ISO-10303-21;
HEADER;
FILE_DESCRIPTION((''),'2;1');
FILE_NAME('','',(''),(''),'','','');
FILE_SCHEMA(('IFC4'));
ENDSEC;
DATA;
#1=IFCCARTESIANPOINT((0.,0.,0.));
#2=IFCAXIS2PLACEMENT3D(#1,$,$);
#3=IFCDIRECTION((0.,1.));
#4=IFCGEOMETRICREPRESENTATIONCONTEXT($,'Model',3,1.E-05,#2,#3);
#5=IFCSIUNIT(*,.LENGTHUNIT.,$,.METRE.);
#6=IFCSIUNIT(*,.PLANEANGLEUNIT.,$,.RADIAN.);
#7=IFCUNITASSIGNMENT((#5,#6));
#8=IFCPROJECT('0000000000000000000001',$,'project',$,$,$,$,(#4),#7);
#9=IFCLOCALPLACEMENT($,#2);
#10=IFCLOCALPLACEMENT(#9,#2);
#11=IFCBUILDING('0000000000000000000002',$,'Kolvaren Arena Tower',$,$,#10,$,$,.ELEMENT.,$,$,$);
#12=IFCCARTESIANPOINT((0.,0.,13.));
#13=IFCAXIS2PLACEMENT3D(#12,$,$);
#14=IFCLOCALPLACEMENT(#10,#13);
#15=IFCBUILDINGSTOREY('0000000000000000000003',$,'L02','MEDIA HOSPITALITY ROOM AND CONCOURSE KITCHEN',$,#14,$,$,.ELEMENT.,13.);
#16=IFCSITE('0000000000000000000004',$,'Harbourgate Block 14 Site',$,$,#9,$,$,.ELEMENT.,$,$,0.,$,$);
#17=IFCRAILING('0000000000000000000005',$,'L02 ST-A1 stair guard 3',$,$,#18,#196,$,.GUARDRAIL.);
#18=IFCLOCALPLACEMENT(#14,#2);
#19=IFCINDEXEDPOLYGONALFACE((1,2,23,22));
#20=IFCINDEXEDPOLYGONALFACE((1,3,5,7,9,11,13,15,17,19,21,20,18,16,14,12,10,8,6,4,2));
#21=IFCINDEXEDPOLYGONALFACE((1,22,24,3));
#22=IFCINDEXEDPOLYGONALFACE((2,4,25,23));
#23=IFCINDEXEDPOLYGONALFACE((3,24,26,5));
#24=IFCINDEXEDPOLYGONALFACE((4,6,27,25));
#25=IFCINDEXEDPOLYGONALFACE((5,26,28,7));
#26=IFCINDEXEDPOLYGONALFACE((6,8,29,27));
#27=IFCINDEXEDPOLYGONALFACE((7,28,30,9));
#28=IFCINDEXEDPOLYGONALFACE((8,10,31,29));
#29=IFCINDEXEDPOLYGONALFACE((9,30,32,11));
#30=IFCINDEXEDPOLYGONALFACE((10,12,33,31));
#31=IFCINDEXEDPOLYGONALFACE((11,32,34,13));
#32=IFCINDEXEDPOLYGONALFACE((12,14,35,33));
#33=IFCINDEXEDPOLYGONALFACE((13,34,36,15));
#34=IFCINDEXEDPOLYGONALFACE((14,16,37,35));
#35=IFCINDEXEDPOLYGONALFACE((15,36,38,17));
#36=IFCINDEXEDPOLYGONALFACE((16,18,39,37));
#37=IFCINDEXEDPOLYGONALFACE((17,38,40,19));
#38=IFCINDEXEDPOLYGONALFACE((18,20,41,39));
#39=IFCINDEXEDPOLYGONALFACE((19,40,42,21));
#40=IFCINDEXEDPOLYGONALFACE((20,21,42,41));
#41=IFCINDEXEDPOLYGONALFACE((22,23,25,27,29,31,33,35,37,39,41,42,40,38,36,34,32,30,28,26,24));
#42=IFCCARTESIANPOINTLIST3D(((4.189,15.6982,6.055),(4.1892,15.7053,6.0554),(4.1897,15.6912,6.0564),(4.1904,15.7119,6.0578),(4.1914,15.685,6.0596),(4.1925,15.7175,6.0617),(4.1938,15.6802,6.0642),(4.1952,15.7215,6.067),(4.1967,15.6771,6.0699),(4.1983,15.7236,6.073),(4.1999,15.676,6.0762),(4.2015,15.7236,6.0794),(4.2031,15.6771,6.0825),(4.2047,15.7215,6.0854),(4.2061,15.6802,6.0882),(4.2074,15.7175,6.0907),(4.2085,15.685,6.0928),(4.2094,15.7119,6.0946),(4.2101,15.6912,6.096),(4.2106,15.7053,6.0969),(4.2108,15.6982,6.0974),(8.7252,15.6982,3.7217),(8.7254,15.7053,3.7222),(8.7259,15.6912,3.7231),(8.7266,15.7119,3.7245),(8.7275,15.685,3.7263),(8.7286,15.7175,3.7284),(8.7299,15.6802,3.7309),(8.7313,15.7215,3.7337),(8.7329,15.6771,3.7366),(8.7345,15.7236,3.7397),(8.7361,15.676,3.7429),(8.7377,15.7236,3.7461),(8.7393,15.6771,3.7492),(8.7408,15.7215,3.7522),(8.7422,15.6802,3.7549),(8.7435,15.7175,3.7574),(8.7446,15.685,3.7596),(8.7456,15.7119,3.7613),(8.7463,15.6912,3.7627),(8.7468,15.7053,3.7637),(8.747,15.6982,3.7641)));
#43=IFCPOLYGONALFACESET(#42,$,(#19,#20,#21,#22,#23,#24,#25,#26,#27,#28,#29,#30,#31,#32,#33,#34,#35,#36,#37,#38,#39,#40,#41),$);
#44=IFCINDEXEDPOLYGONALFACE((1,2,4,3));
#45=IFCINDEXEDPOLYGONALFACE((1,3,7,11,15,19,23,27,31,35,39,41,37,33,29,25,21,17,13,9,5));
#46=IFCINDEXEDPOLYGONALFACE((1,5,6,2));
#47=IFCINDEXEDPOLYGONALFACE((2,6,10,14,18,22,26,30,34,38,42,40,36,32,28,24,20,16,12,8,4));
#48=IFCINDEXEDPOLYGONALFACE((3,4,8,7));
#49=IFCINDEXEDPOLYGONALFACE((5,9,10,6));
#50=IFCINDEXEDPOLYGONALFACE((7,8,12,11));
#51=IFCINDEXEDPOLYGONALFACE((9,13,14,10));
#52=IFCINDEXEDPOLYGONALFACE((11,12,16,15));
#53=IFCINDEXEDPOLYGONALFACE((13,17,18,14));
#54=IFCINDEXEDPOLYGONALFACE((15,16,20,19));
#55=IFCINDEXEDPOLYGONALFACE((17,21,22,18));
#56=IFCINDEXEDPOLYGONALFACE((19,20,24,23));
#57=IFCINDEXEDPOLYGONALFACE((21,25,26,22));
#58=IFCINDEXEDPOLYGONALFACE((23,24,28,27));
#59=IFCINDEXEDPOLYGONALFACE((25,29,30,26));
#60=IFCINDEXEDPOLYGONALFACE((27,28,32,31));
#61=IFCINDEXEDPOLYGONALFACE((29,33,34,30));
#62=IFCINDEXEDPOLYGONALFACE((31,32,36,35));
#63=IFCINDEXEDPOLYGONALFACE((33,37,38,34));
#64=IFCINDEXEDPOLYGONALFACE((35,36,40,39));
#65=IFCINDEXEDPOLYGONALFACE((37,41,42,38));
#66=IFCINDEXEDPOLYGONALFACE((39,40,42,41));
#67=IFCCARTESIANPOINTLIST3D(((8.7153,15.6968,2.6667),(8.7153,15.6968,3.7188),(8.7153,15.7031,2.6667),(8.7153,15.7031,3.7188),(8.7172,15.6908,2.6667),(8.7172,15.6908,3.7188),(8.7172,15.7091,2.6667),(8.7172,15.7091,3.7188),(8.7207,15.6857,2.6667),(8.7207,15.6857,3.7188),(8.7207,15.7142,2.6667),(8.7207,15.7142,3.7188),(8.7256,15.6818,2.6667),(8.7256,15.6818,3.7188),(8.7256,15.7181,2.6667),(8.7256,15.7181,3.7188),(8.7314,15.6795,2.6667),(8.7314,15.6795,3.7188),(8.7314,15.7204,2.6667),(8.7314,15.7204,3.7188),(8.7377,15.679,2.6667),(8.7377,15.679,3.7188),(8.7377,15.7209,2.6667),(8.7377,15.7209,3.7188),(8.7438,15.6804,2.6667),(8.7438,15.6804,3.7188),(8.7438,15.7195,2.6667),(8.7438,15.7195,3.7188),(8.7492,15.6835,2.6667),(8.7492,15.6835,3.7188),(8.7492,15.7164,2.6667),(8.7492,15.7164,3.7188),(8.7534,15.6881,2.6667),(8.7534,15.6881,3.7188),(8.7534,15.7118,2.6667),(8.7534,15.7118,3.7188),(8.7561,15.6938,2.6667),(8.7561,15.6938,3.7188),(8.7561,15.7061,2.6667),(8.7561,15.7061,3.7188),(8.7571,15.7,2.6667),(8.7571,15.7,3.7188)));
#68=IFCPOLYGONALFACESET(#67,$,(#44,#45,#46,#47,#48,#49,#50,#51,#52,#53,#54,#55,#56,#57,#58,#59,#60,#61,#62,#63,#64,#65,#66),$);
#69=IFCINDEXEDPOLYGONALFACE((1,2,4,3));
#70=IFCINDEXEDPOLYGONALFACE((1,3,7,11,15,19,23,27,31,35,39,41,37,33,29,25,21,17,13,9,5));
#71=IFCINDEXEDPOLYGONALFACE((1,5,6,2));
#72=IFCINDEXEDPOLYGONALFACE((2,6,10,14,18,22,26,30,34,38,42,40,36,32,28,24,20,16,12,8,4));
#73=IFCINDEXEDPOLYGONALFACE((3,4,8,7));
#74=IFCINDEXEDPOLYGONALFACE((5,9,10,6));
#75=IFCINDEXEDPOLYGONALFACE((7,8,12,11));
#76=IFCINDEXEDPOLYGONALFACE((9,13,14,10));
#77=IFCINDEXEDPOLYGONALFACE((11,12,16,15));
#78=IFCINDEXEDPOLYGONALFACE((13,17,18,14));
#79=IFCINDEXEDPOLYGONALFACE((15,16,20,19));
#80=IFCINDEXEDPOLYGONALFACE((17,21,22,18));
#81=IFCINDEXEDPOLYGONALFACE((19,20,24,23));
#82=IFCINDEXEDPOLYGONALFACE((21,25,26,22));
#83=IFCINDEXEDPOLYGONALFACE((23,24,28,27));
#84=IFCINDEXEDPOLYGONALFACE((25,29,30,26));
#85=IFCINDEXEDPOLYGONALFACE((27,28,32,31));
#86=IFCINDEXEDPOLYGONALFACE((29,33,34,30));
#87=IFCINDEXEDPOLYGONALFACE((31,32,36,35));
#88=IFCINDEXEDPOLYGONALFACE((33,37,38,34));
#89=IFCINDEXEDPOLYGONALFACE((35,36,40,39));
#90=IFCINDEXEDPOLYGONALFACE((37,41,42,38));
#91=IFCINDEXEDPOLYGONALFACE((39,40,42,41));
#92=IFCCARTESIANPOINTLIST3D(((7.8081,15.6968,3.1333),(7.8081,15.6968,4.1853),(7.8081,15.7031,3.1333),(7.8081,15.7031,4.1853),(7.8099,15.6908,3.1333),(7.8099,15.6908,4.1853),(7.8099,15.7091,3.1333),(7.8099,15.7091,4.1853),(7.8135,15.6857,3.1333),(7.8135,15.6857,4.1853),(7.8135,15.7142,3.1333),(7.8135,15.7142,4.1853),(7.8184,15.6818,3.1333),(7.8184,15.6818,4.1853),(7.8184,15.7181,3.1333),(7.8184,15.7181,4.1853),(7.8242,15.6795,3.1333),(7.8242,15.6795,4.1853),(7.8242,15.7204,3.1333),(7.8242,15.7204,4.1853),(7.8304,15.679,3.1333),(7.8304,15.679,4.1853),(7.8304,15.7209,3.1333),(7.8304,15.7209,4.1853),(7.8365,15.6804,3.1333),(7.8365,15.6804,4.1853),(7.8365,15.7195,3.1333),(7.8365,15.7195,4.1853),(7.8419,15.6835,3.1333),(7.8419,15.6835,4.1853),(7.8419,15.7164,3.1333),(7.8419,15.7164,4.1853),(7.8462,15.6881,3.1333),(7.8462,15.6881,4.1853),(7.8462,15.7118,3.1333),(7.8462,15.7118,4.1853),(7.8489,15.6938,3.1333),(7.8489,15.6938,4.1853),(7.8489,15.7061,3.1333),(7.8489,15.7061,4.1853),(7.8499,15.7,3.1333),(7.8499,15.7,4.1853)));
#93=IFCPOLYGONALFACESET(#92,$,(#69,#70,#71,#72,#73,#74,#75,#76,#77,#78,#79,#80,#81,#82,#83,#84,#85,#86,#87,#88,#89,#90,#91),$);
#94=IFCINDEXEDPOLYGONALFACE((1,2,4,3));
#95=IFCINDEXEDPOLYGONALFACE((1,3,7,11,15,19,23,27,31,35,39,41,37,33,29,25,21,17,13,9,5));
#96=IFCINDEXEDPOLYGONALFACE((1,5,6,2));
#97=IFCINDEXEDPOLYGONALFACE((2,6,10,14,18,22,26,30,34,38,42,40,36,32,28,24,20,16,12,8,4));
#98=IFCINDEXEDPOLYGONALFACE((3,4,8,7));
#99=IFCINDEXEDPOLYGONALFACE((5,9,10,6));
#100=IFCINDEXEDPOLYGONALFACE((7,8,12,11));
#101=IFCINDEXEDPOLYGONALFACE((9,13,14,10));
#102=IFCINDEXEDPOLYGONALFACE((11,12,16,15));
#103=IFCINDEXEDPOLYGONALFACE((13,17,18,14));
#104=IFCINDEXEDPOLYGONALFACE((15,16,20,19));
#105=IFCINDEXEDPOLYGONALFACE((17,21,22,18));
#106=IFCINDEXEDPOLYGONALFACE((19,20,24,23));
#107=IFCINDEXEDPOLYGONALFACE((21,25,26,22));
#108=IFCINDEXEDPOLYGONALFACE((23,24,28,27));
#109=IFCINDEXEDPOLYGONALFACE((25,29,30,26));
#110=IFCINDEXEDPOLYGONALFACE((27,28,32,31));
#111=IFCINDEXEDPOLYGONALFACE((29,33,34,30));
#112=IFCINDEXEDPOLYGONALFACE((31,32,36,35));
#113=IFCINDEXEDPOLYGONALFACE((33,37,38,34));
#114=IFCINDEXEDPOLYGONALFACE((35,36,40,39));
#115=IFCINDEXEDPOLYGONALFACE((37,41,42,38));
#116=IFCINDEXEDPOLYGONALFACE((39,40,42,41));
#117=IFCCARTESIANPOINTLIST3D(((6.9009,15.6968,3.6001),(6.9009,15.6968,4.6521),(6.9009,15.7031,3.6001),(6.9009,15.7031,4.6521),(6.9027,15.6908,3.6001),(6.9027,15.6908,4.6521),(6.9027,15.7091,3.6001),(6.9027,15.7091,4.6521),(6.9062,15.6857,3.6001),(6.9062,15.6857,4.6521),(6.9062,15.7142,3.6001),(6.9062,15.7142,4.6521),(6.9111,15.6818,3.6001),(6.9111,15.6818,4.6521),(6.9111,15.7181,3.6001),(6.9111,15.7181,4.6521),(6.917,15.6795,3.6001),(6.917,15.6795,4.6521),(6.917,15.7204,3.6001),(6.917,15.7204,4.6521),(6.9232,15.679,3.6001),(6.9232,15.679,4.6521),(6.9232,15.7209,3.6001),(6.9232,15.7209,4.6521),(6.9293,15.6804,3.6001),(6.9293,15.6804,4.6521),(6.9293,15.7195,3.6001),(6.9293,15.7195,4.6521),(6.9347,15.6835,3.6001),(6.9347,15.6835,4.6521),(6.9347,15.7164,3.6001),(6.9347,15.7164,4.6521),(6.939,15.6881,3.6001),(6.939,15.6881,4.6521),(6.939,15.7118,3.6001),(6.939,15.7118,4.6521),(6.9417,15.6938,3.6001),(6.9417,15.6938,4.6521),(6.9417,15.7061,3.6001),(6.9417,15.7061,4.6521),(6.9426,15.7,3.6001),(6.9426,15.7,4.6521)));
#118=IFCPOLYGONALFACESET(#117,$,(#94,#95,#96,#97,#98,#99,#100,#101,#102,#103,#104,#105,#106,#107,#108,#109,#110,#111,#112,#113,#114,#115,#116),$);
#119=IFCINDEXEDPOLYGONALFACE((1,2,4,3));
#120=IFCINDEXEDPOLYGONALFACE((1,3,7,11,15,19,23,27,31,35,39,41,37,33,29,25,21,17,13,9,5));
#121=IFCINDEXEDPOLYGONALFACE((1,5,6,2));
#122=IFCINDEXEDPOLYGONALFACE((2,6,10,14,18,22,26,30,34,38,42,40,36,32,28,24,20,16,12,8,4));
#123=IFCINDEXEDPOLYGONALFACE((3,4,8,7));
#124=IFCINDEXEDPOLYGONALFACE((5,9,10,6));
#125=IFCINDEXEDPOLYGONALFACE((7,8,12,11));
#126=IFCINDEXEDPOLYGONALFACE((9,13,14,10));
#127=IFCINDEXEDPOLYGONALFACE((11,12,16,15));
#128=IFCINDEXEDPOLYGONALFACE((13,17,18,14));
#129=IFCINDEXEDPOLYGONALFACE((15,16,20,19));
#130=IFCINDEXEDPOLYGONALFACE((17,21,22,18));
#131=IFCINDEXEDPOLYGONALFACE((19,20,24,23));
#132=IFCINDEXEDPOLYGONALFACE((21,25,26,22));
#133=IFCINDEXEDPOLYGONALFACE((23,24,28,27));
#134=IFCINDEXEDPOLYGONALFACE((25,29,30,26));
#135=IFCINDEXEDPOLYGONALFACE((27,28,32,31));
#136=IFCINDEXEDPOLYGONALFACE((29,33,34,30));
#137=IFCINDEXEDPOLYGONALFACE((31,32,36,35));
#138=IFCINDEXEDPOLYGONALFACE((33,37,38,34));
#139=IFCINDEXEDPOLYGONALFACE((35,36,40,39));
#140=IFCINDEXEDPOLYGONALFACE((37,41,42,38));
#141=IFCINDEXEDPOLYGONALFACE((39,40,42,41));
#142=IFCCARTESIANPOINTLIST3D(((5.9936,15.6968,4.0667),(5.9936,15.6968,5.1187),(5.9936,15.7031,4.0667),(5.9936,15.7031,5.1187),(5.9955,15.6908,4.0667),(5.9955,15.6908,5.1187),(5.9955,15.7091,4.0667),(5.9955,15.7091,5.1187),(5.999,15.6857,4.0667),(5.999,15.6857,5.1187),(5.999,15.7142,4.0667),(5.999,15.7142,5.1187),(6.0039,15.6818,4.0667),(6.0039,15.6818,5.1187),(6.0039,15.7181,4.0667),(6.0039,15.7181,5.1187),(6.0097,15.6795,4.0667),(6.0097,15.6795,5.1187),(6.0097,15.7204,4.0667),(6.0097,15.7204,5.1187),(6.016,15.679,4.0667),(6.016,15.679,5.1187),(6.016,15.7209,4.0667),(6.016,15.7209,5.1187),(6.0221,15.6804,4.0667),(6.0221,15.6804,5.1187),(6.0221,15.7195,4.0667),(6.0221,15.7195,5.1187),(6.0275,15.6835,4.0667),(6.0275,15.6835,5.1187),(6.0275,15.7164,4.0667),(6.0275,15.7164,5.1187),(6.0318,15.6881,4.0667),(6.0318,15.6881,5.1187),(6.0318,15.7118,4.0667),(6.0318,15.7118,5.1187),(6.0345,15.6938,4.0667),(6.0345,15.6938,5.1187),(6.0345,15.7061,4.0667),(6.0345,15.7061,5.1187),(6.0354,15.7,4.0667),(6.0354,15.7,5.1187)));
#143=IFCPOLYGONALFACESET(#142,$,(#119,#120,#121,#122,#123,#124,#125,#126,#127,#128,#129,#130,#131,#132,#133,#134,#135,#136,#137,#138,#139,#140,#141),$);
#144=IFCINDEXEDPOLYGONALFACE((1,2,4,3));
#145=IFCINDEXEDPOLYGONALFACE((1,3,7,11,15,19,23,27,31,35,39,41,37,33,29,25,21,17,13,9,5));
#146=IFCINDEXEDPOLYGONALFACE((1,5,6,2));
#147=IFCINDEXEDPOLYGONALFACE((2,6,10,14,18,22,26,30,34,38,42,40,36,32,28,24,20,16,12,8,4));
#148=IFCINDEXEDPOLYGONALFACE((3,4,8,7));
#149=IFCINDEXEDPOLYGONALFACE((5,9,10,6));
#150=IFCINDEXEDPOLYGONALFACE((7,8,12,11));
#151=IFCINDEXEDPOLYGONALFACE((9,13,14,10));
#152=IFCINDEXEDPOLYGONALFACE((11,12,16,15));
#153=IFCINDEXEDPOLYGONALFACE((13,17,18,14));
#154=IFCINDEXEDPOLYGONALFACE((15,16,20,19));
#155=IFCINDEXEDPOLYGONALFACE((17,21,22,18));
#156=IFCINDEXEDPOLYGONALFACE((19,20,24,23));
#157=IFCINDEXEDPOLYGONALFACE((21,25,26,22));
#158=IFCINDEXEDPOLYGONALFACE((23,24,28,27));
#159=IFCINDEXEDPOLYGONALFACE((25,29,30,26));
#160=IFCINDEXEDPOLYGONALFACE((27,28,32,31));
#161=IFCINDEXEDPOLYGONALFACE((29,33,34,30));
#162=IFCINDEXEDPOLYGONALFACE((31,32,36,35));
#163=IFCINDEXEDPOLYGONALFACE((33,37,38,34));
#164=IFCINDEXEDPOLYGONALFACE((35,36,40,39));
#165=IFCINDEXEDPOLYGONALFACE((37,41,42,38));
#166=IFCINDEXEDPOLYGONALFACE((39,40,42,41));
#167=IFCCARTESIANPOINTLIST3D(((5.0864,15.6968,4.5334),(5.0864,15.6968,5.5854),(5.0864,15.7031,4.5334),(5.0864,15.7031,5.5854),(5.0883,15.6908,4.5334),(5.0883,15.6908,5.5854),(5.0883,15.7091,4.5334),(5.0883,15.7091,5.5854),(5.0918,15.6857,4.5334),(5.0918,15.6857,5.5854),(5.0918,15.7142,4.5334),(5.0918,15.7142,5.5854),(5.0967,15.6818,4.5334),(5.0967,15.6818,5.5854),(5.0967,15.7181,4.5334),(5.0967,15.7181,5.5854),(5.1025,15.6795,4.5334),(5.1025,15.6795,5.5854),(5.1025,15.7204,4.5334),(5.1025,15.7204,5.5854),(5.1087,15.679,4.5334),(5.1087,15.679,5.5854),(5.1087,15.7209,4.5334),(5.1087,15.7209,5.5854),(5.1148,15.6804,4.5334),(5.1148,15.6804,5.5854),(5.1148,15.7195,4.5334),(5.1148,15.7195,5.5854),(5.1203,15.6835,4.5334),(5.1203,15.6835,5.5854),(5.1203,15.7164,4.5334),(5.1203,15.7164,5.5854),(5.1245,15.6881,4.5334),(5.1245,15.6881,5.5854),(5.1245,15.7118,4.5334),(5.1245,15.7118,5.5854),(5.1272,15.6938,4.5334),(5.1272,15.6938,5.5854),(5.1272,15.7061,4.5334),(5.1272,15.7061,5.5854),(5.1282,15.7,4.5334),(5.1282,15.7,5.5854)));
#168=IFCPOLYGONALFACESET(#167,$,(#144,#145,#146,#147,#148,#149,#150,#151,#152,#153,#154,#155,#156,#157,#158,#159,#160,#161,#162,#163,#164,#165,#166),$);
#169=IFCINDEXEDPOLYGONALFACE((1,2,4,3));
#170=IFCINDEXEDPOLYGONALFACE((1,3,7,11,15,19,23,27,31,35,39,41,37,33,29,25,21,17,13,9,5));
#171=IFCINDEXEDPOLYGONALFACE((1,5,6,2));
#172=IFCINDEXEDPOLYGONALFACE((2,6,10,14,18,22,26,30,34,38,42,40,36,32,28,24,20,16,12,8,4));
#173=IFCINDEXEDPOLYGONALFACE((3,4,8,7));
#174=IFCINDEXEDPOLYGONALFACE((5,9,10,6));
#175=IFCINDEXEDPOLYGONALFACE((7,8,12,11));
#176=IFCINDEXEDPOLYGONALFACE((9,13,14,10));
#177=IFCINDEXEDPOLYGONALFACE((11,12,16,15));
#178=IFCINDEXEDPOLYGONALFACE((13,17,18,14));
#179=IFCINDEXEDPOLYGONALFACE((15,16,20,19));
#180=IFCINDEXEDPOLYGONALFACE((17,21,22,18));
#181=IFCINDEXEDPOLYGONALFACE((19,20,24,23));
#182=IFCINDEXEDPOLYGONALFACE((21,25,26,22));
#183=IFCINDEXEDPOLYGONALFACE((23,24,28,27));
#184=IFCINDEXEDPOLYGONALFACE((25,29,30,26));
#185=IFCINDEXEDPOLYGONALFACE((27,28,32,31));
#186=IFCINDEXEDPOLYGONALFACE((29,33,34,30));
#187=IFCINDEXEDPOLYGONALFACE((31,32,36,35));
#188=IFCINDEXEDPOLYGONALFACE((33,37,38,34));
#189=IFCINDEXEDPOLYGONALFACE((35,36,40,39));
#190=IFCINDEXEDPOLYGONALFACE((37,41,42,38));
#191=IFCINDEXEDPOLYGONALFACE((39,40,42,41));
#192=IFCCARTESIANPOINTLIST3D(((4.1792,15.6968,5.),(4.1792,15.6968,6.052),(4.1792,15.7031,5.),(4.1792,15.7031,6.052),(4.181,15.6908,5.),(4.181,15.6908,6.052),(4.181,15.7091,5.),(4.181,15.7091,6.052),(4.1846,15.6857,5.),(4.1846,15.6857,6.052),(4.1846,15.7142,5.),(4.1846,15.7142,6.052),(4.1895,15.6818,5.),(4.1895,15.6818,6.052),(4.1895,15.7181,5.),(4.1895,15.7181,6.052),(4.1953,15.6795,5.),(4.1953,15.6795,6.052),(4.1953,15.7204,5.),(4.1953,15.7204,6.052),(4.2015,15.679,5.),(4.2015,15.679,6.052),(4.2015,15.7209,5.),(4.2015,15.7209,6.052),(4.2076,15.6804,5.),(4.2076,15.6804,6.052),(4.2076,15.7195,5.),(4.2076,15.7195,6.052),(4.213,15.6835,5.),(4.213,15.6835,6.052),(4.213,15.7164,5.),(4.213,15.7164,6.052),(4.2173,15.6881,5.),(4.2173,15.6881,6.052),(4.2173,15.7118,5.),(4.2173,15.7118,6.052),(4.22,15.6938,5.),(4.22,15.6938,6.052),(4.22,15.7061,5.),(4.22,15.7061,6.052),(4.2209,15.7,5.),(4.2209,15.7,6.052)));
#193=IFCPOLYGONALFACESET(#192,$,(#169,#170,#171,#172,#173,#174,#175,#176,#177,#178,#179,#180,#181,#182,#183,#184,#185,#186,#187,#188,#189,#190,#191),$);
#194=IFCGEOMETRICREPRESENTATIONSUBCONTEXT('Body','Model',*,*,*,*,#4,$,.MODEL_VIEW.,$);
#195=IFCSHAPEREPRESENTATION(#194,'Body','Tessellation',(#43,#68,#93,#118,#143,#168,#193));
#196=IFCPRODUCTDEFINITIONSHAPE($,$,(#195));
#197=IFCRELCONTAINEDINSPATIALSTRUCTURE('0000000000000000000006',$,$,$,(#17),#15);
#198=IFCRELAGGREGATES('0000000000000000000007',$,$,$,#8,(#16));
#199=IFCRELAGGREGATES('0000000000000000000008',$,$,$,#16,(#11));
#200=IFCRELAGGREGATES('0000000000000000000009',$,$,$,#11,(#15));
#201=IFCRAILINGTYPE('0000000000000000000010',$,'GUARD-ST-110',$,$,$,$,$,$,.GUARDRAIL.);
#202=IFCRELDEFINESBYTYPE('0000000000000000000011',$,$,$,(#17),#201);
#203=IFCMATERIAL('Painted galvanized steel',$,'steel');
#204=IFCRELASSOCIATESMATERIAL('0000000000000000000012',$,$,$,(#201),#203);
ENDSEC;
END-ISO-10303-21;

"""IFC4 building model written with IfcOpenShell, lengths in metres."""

from ifc_helpers import new_model, si_unit, direction, frame, origin, origin_2d, place, context, subcontext, project, spatial, circle, extrude, material, type_object, element, save


model = new_model("IFC4")

# Units and contexts
model_context = context("Model", 3, precision=1e-05, world=origin(), true_north=direction((0.0, 1.0)))
body_context = subcontext(model_context, "Body", "Model", "MODEL_VIEW")
ifc_project = project(units=[si_unit("LENGTHUNIT", "METRE"), si_unit("PLANEANGLEUNIT", "RADIAN")], contexts=[model_context])

# Site, building, storey
site_placement = place(None, origin())
site = spatial("IfcSite", under=ifc_project, at=site_placement, Name="Harbourgate Block 14 Site", CompositionType="ELEMENT", RefElevation=0.0)
building_placement = place(site_placement, origin())
building = spatial("IfcBuilding", under=site, at=building_placement, Name="Kolvaren Arena Tower", CompositionType="ELEMENT")
storey_placement = place(building_placement, frame((0.0, 0.0, 13.0)))
storey = spatial("IfcBuildingStorey", under=building, at=storey_placement, Name="L02", Description="MEDIA HOSPITALITY ROOM AND CONCOURSE KITCHEN", CompositionType="ELEMENT", Elevation=13.0)

# Railing
ifc_material_1 = material(Name="Painted galvanized steel", Category="steel")
railing_type_1 = type_object("IfcRailingType", Name="GUARD-ST-110", PredefinedType="GUARDRAIL", material=ifc_material_1)
railing_1_placement = place(storey_placement, frame((8.7361, 15.7, 2.6667)))
element("IfcRailing", 1, at=railing_1_placement, inside=storey, type_object=railing_type_1, Name="L02 ST-A1 stair guard 3", PredefinedType="GUARDRAIL", context=body_context, shape_type="SweptSolid", body=[
    extrude(circle(Radius=0.0239, at=origin_2d()), frame((0.0, 0.0, 1.0762), z_axis=(-0.889257, 0.0, 0.457407), x_axis=(0.0, -1.0, 0.0)), (0.0, 0.0, 1.0), 5.1011),
    extrude(circle(Radius=0.021, at=origin_2d()), origin(), (0.0, 0.0, 1.0), 1.052),
    extrude(circle(Radius=0.021, at=origin_2d()), frame((-0.9072, 0.0, 0.4666)), (0.0, 0.0, 1.0), 1.052),
    extrude(circle(Radius=0.021, at=origin_2d()), frame((-1.8145, 0.0, 0.9333)), (0.0, 0.0, 1.0), 1.052),
    extrude(circle(Radius=0.021, at=origin_2d()), frame((-2.7217, 0.0, 1.3999)), (0.0, 0.0, 1.0), 1.052),
    extrude(circle(Radius=0.021, at=origin_2d()), frame((-3.6289, 0.0, 1.8667)), (0.0, 0.0, 1.0), 1.052),
    extrude(circle(Radius=0.021, at=origin_2d()), frame((-4.5361, 0.0, 2.3333)), (0.0, 0.0, 1.0), 1.052),
])

save(model, "model.ifc")
